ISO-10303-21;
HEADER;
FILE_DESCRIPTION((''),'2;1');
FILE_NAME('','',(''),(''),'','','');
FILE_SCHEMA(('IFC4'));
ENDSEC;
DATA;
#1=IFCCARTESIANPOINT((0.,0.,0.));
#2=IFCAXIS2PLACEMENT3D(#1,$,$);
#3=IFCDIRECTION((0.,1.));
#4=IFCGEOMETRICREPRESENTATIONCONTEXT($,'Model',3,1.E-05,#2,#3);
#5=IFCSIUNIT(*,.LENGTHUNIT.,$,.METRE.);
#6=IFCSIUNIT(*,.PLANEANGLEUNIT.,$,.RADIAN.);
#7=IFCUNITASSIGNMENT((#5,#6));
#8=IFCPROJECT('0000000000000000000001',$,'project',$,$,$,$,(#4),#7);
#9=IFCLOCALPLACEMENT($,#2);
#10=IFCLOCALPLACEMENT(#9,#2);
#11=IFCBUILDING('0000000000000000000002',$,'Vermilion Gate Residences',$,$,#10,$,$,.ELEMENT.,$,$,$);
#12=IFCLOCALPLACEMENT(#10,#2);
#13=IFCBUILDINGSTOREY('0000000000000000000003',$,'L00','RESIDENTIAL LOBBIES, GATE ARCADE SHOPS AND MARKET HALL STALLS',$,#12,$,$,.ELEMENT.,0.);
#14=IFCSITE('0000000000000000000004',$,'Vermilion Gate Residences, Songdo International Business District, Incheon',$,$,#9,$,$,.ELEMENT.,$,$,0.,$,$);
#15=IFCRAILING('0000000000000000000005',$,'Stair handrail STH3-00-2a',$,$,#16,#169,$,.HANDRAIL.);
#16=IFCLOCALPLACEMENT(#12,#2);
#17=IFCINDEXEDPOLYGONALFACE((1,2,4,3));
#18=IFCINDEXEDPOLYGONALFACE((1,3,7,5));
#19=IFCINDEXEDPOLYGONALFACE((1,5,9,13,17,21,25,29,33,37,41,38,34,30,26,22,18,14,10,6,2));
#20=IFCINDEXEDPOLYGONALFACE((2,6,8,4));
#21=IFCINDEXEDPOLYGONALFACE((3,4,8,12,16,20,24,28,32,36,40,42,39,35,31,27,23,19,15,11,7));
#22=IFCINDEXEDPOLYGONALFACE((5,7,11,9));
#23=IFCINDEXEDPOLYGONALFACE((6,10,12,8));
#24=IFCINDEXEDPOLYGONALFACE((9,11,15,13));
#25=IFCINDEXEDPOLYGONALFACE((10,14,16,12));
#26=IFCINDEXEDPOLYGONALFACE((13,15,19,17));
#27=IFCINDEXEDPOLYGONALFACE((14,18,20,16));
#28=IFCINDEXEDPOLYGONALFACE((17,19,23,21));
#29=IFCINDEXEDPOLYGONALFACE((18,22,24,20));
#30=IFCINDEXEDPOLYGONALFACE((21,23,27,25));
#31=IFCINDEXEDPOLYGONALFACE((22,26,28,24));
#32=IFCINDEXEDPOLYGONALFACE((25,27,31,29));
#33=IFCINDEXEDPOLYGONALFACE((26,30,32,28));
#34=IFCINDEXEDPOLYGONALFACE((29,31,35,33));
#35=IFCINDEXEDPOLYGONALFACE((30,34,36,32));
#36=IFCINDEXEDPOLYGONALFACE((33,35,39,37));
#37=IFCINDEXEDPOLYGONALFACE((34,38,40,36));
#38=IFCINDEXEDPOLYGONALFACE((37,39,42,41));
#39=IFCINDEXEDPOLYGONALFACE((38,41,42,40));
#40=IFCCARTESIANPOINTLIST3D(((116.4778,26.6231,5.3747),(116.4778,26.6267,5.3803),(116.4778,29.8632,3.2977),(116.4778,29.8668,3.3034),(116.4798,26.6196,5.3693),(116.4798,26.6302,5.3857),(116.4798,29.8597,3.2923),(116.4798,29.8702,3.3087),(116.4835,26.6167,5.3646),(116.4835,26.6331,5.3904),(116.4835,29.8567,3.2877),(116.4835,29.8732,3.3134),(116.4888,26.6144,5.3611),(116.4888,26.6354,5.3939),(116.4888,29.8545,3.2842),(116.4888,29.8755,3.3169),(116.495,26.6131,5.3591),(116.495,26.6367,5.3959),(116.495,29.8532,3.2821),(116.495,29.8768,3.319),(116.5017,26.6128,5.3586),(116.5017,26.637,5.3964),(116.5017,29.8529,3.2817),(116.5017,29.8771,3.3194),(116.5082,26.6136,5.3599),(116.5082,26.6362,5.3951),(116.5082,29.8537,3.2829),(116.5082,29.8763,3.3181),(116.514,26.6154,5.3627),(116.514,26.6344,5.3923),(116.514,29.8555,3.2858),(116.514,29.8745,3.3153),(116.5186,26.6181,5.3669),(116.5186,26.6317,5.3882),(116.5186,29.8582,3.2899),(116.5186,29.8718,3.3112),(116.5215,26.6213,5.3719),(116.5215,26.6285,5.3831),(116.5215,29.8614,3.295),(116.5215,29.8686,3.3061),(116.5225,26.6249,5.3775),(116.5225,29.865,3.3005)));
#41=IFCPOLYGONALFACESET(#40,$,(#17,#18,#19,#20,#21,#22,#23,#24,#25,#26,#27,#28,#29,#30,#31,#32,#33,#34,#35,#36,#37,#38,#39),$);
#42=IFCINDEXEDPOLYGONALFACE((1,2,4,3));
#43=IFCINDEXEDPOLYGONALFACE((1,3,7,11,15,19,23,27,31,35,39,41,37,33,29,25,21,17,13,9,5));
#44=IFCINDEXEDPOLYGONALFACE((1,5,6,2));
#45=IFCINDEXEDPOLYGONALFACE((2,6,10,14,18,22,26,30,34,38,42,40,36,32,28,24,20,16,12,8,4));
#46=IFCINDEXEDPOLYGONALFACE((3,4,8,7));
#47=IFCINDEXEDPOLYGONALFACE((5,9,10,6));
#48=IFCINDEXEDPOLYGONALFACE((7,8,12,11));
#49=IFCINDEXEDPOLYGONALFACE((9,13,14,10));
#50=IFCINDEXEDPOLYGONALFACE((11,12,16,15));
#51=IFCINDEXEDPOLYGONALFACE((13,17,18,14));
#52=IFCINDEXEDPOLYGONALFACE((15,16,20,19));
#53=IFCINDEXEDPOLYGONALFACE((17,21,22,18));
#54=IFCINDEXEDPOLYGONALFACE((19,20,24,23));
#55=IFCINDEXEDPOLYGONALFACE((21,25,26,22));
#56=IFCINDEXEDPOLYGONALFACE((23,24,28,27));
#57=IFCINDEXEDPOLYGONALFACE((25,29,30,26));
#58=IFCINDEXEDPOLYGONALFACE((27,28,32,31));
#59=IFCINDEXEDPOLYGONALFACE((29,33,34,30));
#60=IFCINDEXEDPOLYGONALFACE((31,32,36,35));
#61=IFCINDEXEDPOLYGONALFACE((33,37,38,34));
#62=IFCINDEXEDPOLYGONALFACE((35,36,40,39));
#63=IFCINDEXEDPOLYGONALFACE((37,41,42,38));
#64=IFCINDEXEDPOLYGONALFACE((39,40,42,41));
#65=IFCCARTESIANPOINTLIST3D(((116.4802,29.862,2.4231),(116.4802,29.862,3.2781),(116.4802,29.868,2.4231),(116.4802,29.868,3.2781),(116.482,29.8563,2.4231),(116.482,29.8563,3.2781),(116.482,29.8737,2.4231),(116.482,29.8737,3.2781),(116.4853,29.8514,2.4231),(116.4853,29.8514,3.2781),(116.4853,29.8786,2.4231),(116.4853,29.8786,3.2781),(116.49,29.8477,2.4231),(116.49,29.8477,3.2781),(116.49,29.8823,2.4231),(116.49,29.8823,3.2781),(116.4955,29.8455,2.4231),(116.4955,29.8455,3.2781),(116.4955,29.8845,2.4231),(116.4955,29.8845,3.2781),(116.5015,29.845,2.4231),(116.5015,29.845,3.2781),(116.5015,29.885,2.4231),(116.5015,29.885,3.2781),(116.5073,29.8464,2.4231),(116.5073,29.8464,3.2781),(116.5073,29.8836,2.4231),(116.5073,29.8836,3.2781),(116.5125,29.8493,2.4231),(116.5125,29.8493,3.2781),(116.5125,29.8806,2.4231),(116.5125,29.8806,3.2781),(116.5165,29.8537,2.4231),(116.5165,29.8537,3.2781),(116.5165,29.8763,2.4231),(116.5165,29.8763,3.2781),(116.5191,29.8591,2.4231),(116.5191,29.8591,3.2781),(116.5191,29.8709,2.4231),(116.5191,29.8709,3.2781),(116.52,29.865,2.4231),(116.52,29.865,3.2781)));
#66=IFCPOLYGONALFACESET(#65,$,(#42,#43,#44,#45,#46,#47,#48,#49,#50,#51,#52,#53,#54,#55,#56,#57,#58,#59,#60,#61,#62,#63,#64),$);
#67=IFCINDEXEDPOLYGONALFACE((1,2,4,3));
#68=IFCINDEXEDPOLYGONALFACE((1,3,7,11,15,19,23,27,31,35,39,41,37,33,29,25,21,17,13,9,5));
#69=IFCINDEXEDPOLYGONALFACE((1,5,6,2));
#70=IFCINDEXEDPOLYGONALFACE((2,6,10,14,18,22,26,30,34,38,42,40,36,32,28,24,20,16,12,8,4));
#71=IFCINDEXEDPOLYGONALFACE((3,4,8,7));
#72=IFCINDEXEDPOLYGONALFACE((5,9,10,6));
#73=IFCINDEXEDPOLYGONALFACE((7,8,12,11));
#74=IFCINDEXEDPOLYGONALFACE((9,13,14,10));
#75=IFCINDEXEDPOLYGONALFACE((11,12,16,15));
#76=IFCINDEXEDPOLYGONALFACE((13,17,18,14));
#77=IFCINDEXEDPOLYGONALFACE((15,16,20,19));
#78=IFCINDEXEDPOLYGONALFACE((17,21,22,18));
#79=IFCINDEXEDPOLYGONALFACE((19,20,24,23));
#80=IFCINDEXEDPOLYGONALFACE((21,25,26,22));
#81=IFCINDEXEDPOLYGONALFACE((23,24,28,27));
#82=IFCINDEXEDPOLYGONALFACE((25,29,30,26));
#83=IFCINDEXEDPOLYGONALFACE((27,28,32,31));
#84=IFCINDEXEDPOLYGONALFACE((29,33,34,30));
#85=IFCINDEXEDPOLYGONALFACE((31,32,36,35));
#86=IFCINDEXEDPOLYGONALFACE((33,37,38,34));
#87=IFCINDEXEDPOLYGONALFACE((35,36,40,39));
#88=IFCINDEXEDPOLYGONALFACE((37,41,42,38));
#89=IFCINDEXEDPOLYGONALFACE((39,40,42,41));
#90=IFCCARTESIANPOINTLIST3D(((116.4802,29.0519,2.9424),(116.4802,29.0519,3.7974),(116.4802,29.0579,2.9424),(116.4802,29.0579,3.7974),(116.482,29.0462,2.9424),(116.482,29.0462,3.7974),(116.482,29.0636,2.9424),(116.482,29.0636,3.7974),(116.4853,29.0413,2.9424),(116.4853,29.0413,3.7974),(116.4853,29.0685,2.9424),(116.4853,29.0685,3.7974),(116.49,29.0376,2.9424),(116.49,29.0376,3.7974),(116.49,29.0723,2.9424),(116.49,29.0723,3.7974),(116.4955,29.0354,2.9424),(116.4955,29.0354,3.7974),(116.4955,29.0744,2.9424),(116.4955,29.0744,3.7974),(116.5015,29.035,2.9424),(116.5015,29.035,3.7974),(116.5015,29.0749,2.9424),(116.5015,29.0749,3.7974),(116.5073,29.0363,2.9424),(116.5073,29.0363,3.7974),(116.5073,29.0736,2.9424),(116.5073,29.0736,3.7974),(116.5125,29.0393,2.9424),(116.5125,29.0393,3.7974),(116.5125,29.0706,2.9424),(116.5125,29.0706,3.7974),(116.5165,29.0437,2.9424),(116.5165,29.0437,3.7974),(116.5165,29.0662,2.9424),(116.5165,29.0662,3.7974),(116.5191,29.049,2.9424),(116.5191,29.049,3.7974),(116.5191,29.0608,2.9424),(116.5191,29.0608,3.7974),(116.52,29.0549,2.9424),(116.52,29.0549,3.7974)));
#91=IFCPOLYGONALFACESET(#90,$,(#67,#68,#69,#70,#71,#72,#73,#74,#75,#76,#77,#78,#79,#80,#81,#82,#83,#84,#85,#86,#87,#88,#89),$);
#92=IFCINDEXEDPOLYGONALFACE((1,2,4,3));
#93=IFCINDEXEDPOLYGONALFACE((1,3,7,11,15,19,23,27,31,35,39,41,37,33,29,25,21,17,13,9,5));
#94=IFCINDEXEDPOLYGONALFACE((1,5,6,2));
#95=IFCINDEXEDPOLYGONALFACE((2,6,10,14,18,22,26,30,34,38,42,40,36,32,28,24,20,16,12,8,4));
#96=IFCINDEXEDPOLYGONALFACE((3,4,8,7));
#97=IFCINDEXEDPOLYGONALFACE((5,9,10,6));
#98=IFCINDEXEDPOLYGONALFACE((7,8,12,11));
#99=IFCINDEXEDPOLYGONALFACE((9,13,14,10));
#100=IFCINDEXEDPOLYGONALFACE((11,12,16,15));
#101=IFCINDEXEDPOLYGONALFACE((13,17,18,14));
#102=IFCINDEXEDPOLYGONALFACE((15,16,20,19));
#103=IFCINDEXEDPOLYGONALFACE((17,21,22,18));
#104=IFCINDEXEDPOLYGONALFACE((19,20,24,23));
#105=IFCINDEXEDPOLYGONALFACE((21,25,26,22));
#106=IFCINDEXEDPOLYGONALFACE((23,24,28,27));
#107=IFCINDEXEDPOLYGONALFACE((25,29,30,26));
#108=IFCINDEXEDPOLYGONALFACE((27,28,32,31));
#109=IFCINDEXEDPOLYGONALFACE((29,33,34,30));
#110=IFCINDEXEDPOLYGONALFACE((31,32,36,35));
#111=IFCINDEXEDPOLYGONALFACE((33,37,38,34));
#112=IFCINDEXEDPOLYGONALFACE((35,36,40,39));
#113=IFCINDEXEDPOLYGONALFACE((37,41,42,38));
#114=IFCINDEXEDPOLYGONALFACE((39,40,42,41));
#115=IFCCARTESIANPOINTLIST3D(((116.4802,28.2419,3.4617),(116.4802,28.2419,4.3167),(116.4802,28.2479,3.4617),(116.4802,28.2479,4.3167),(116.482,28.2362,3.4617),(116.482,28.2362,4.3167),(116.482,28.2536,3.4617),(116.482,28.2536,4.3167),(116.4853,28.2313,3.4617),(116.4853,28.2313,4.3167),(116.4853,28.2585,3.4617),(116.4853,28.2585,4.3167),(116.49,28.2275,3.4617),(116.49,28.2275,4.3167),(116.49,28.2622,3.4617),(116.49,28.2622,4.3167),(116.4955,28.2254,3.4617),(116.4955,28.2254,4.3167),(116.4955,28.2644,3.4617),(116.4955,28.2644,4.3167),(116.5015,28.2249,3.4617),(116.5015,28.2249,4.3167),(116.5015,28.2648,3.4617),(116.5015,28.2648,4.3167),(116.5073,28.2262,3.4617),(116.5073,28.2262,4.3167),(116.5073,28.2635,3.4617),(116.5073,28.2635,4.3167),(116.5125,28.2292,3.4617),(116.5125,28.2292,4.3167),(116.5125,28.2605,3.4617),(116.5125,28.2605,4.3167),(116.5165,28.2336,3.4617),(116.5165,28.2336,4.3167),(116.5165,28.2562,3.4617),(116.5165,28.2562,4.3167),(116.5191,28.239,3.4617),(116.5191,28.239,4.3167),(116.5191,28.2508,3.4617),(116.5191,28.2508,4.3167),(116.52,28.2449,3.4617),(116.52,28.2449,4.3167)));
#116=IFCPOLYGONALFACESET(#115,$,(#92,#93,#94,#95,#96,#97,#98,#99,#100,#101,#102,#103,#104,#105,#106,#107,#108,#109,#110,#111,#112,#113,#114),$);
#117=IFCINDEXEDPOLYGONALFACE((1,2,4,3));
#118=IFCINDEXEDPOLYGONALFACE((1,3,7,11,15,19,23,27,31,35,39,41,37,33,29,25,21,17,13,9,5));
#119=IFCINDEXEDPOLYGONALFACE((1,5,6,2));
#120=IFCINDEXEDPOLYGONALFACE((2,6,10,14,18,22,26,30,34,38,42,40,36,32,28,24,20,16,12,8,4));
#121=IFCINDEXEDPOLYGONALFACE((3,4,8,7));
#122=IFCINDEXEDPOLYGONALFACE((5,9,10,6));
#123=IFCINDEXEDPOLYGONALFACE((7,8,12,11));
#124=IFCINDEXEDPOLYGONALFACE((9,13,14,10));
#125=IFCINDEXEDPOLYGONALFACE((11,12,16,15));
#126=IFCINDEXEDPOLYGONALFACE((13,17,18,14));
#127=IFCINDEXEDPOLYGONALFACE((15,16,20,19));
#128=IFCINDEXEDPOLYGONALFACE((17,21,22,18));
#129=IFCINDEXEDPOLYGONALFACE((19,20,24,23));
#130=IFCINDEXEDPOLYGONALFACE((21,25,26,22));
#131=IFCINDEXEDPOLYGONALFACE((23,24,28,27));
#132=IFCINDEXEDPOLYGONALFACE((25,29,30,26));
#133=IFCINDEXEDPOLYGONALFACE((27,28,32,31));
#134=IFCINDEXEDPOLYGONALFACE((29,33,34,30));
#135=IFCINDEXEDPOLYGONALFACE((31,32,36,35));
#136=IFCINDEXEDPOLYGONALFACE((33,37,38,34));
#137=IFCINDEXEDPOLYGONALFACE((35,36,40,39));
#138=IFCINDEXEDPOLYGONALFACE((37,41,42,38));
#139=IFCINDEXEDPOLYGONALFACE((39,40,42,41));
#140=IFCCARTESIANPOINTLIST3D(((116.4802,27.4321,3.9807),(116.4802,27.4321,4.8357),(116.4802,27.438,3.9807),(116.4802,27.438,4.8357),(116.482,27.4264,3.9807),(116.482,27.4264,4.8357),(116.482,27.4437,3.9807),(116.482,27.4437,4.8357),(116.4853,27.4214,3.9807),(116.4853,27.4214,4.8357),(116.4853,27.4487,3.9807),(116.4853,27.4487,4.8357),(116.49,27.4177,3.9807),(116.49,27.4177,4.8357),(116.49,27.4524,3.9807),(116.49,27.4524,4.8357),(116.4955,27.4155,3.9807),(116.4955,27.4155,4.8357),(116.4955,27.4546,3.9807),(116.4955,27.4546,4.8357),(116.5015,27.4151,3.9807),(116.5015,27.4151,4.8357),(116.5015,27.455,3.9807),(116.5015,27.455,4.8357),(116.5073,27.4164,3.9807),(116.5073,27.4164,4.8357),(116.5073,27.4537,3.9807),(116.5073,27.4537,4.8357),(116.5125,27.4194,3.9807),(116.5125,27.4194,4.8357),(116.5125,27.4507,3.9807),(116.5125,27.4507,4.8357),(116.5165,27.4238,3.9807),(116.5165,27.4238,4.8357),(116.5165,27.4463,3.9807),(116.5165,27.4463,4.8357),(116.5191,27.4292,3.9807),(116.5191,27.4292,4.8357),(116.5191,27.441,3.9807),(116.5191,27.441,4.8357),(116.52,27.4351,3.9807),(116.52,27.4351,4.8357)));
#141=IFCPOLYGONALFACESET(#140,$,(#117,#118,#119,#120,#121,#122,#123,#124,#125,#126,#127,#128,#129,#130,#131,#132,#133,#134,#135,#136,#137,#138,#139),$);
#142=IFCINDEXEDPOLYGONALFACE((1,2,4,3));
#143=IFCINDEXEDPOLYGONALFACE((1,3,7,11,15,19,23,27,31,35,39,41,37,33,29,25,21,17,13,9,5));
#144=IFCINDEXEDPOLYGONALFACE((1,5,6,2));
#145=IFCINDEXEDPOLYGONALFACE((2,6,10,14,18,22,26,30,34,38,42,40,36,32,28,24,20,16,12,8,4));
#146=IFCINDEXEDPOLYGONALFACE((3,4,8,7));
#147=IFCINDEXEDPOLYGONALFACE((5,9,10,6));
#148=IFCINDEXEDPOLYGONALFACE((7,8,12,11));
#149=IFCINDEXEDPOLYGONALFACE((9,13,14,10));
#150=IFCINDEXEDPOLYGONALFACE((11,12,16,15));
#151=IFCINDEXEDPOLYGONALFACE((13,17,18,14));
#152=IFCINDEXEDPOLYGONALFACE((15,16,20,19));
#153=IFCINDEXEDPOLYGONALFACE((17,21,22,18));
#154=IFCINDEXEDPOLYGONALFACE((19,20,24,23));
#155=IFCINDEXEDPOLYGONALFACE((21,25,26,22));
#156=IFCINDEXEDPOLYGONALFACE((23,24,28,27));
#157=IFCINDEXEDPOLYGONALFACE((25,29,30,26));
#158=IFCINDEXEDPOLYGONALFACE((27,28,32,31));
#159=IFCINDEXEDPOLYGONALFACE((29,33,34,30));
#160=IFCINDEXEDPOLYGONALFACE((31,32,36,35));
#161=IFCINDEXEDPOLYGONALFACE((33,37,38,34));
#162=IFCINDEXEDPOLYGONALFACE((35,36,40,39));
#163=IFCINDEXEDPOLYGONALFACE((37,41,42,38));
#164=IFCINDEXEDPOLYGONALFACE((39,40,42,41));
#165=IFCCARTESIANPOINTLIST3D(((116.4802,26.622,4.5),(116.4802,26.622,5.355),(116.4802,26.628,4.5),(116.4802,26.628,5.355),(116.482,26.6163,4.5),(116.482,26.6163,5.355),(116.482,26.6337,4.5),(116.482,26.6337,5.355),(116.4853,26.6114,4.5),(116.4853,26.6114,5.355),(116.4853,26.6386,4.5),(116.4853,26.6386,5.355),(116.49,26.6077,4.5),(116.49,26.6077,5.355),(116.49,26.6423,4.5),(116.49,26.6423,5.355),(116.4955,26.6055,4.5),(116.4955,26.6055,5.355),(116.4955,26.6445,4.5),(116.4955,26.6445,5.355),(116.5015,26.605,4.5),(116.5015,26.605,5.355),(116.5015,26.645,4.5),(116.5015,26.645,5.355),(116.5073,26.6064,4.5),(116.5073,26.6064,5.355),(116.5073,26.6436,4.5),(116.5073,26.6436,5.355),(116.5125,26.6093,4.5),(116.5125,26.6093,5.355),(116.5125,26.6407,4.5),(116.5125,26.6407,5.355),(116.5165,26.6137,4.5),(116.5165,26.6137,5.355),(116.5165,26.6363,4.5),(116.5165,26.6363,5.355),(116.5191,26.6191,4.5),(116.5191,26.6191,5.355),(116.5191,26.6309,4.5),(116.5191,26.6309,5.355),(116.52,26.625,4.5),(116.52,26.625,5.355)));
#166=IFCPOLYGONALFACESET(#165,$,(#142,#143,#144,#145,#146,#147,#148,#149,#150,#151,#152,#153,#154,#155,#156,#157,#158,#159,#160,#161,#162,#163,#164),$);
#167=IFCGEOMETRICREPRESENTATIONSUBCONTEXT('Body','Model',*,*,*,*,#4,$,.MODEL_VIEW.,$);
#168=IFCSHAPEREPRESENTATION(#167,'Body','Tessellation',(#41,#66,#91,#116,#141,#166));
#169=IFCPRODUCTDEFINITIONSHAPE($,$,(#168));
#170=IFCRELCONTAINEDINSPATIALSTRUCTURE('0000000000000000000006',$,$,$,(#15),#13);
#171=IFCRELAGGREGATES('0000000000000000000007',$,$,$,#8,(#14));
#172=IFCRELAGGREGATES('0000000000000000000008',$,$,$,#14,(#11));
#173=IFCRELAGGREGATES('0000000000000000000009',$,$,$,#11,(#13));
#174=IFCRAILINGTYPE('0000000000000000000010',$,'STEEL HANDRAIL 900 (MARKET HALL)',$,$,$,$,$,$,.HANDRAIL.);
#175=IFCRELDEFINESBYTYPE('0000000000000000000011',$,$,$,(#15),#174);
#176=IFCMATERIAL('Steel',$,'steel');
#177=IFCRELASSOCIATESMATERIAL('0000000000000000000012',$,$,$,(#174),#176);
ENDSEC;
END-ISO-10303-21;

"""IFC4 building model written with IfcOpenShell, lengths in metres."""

from ifc_helpers import new_model, si_unit, direction, frame, origin, origin_2d, place, context, subcontext, project, spatial, circle, extrude, material, type_object, element, save


model = new_model("IFC4")

# Units and contexts
model_context = context("Model", 3, precision=1e-05, world=origin(), true_north=direction((0.0, 1.0)))
body_context = subcontext(model_context, "Body", "Model", "MODEL_VIEW")
ifc_project = project(units=[si_unit("LENGTHUNIT", "METRE"), si_unit("PLANEANGLEUNIT", "RADIAN")], contexts=[model_context])

# Site, building, storey
site_placement = place(None, origin())
site = spatial("IfcSite", under=ifc_project, at=site_placement, Name="Vermilion Gate Residences, Songdo International Business District, Incheon", CompositionType="ELEMENT", RefElevation=0.0)
building_placement = place(site_placement, origin())
building = spatial("IfcBuilding", under=site, at=building_placement, Name="Vermilion Gate Residences", CompositionType="ELEMENT")
storey_placement = place(building_placement, origin())
storey = spatial("IfcBuildingStorey", under=building, at=storey_placement, Name="L00", Description="RESIDENTIAL LOBBIES, GATE ARCADE SHOPS AND MARKET HALL STALLS", CompositionType="ELEMENT", Elevation=0.0)

# Railing
ifc_material_1 = material(Name="Steel", Category="steel")
railing_type = type_object("IfcRailingType", Name="STEEL HANDRAIL 900 (MARKET HALL)", PredefinedType="HANDRAIL", material=ifc_material_1)
for number, where, name in (
    (1, (116.5, 29.865, 2.4231), "Stair handrail STH3-00-2a"),
):
    element("IfcRailing", number, at=place(storey_placement, frame(where)), inside=storey, type_object=railing_type, Name=name, PredefinedType="HANDRAIL", context=body_context, shape_type="SweptSolid", body=[
        extrude(circle(Radius=0.0225, at=origin_2d()), frame((0.0, 0.0, 0.8774), z_axis=(0.0, -0.841881, 0.539664), x_axis=(1.0, 0.0, 0.0)), (0.0, 0.0, 1.0), 3.8486),
        extrude(circle(Radius=0.02, at=origin_2d()), origin(), (0.0, 0.0, 1.0), 0.855),
        extrude(circle(Radius=0.02, at=origin_2d()), frame((0.0, -0.8101, 0.5193)), (0.0, 0.0, 1.0), 0.855),
        extrude(circle(Radius=0.02, at=origin_2d()), frame((0.0, -1.6201, 1.0386)), (0.0, 0.0, 1.0), 0.855),
        extrude(circle(Radius=0.02, at=origin_2d()), frame((0.0, -2.4299, 1.5576)), (0.0, 0.0, 1.0), 0.855),
        extrude(circle(Radius=0.02, at=origin_2d()), frame((0.0, -3.24, 2.0769)), (0.0, 0.0, 1.0), 0.855),
    ])

save(model, "model.ifc")
